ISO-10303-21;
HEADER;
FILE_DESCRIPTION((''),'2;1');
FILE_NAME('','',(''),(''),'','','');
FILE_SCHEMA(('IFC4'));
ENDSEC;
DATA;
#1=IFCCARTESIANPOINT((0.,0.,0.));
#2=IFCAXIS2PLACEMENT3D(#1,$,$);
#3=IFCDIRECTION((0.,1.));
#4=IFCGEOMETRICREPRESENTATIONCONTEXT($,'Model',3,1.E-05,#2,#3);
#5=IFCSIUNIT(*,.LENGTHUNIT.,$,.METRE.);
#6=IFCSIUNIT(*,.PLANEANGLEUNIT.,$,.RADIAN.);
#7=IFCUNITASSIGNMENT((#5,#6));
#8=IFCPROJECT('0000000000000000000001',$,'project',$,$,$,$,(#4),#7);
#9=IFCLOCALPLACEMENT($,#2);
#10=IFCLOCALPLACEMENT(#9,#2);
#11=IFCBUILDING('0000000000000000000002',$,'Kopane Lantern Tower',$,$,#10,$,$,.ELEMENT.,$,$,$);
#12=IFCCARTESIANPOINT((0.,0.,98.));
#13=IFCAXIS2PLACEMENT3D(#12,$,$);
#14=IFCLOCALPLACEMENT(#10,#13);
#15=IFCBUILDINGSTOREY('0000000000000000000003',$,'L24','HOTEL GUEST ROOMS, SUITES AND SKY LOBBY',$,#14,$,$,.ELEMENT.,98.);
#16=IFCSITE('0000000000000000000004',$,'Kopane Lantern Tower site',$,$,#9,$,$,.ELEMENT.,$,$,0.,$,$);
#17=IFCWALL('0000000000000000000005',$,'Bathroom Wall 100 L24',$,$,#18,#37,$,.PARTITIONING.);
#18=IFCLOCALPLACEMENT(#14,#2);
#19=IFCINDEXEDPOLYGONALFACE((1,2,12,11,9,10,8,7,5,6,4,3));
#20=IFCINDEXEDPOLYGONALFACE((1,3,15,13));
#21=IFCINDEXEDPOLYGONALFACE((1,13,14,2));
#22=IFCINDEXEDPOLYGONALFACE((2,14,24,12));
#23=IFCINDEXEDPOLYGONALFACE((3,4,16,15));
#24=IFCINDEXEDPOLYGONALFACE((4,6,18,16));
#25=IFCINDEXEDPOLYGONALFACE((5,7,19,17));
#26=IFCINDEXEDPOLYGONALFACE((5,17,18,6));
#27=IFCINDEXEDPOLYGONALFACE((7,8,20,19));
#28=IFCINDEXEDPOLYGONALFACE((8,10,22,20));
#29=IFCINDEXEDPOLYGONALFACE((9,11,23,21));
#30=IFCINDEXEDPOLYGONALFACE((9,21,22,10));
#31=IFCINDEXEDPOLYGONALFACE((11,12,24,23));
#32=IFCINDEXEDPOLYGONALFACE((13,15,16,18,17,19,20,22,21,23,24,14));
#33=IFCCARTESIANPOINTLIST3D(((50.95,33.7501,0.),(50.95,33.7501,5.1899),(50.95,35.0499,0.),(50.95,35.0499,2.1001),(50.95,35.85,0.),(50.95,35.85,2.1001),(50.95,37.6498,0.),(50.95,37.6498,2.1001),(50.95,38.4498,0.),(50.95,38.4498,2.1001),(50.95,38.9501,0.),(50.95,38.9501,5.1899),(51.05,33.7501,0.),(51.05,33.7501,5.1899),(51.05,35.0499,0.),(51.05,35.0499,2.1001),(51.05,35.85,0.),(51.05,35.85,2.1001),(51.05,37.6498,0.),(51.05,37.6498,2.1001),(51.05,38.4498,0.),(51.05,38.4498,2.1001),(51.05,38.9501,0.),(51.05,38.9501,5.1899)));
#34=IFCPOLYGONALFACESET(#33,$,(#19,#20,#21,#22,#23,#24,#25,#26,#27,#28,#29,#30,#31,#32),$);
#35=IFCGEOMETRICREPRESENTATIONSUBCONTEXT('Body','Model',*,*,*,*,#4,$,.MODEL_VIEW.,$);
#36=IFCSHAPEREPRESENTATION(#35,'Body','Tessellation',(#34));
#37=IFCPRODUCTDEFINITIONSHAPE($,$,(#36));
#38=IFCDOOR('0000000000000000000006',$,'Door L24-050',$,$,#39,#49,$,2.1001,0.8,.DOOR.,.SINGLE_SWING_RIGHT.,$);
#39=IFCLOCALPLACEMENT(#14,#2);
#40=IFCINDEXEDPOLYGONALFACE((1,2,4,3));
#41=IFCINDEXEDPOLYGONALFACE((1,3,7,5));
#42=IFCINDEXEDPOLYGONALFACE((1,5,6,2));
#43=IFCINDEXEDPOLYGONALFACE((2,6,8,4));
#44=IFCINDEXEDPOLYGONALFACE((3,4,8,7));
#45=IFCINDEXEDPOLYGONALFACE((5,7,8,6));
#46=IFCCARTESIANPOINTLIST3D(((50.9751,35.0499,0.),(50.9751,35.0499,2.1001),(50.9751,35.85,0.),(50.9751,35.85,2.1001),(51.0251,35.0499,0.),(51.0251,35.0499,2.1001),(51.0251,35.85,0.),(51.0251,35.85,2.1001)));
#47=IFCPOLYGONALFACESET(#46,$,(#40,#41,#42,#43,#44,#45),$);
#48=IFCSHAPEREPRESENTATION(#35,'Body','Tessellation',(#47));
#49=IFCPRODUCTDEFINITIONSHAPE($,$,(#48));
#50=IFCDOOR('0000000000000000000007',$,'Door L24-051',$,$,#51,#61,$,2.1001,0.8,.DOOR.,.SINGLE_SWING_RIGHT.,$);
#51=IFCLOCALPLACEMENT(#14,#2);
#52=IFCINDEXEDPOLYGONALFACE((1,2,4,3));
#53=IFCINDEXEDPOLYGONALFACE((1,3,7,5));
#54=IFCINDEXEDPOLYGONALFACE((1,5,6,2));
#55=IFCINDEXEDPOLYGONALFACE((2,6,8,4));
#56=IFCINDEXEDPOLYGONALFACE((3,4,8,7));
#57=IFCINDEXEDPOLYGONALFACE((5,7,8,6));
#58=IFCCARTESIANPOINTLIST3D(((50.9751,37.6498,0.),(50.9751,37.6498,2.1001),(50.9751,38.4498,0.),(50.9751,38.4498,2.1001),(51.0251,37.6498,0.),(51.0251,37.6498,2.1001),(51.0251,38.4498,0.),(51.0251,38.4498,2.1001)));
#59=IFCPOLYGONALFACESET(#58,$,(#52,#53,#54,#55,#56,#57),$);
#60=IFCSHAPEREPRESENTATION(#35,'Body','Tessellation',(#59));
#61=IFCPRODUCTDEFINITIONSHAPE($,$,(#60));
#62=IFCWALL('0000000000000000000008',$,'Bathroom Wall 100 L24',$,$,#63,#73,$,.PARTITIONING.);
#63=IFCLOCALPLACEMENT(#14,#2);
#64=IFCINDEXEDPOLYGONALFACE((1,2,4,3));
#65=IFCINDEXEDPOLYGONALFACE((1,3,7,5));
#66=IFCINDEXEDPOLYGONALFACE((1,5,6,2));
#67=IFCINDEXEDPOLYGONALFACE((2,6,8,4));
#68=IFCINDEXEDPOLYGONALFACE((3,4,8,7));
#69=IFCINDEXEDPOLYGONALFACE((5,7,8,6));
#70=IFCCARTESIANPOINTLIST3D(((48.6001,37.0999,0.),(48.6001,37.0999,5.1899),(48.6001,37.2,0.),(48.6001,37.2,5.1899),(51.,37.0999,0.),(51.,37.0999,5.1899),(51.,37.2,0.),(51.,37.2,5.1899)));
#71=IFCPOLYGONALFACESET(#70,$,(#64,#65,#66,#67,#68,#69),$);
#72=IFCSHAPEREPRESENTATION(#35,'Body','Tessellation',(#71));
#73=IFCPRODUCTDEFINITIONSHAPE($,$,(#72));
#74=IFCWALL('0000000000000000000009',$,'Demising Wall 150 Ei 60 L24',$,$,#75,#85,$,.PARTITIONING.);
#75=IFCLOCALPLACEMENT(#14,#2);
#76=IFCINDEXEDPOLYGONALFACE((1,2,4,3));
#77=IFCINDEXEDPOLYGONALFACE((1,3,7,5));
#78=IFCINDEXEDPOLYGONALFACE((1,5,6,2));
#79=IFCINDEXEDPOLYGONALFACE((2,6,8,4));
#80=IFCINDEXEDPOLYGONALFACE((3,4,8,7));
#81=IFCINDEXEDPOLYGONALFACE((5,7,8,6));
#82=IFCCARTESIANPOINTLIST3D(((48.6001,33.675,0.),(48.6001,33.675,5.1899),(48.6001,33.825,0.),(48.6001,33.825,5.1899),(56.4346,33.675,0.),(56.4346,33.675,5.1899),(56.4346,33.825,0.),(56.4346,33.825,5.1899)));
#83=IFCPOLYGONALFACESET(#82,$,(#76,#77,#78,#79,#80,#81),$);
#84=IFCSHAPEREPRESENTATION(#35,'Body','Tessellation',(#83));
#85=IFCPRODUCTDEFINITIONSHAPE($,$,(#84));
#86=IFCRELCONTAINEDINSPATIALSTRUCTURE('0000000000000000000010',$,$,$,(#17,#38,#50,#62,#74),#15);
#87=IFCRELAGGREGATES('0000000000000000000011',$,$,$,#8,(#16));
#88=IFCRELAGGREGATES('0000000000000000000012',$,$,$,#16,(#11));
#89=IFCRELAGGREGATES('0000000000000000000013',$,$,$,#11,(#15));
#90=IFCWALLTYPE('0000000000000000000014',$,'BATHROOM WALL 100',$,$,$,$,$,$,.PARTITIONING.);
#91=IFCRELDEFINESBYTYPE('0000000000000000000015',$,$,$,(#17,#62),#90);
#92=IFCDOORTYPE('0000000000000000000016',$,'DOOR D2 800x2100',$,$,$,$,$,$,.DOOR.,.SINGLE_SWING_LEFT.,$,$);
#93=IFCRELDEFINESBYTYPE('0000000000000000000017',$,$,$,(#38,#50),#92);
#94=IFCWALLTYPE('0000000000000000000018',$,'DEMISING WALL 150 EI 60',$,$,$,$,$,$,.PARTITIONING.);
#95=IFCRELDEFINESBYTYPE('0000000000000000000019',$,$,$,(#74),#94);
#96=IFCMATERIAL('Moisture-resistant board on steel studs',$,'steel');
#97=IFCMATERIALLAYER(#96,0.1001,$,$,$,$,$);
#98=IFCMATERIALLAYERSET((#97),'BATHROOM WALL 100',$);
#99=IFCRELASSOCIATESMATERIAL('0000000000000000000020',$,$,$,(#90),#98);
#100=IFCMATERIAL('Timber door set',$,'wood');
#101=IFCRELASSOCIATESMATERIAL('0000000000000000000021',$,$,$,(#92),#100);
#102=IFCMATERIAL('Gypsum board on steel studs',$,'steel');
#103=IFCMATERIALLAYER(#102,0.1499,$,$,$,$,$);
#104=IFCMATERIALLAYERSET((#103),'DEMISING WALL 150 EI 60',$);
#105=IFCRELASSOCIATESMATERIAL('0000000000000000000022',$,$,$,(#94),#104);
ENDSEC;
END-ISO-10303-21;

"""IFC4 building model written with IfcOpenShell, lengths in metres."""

from ifc_helpers import new_model, si_unit, direction, frame, frame_2d, origin, place, context, subcontext, project, spatial, rectangle, extrude, material, layer, layer_set, type_object, element, fill, save


model = new_model("IFC4")

# Units and contexts
model_context = context("Model", 3, precision=1e-05, world=origin(), true_north=direction((0.0, 1.0)))
body_context = subcontext(model_context, "Body", "Model", "MODEL_VIEW")
ifc_project = project(units=[si_unit("LENGTHUNIT", "METRE"), si_unit("PLANEANGLEUNIT", "RADIAN")], contexts=[model_context])

# Site, building, storey
site_placement = place(None, origin())
site = spatial("IfcSite", under=ifc_project, at=site_placement, Name="Kopane Lantern Tower site", CompositionType="ELEMENT", RefElevation=0.0)
building_placement = place(site_placement, origin())
building = spatial("IfcBuilding", under=site, at=building_placement, Name="Kopane Lantern Tower", CompositionType="ELEMENT")
storey_placement = place(building_placement, frame((0.0, 0.0, 98.0)))
storey = spatial("IfcBuildingStorey", under=building, at=storey_placement, Name="L24", Description="HOTEL GUEST ROOMS, SUITES AND SKY LOBBY", CompositionType="ELEMENT", Elevation=98.0)

# Shared definitions
ifc_material_1 = material(Name="Moisture-resistant board on steel studs", Category="steel")
ifc_layer_1 = layer(ifc_material_1, 0.1001)
ifc_layer_set_1 = layer_set([ifc_layer_1], Name="BATHROOM WALL 100")
wall_type_1 = type_object("IfcWallType", Name="BATHROOM WALL 100", PredefinedType="PARTITIONING", material=ifc_layer_set_1)

# Wall, openings, doors
wall_1_placement = place(storey_placement, frame((51.0, 33.75, 0.0), z_axis=(0.0, 0.0, 1.0), x_axis=(0.0, 1.0, 0.0)))
wall_1 = element("IfcWall", 1, at=wall_1_placement, inside=storey, type_object=wall_type_1, Name="Bathroom Wall 100 L24", PredefinedType="PARTITIONING", context=body_context, shape_type="SweptSolid", body=[
    extrude(rectangle(XDim=5.2, YDim=0.1001, at=frame_2d((2.6001, 0.0))), origin(), (0.0, 0.0, 1.0), 5.1899),
])
opening_1_placement = place(wall_1_placement, frame((1.3, 0.0, 0.0)))
opening_1 = element("IfcOpeningElement", 2, at=opening_1_placement, cuts=wall_1, PredefinedType="OPENING", context=body_context, shape_type="SweptSolid", body=[
    extrude(rectangle(XDim=0.8, YDim=2.1001, at=frame_2d((0.3999, 1.05))), frame((0.0, 0.0601, 0.0), z_axis=(0.0, -1.0, 0.0), x_axis=(1.0, 0.0, 0.0)), (0.0, 0.0, 1.0), 0.1201),
])
opening_2_placement = place(wall_1_placement, frame((3.8999, 0.0, 0.0)))
opening_2 = element("IfcOpeningElement", 3, at=opening_2_placement, cuts=wall_1, PredefinedType="OPENING", context=body_context, shape_type="SweptSolid", body=[
    extrude(rectangle(XDim=0.8, YDim=2.1001, at=frame_2d((0.3999, 1.05))), frame((0.0, 0.0601, 0.0), z_axis=(0.0, -1.0, 0.0), x_axis=(1.0, 0.0, 0.0)), (0.0, 0.0, 1.0), 0.1201),
])
ifc_material_2 = material(Name="Timber door set", Category="wood")
door_type = type_object("IfcDoorType", Name="DOOR D2 800x2100", OperationType="SINGLE_SWING_LEFT", PredefinedType="DOOR", material=ifc_material_2)
door_1_placement = place(opening_1_placement, origin())
door_1 = element("IfcDoor", 4, at=door_1_placement, inside=storey, type_object=door_type, Name="Door L24-050", OperationType="SINGLE_SWING_RIGHT", OverallHeight=2.1001, OverallWidth=0.8, PredefinedType="DOOR", context=body_context, shape_type="SweptSolid", body=[
    extrude(rectangle(XDim=0.8, YDim=2.1001, at=frame_2d((0.3999, 1.05))), frame((0.0, 0.0249, 0.0), z_axis=(0.0, -1.0, 0.0), x_axis=(1.0, 0.0, 0.0)), (0.0, 0.0, 1.0), 0.05),
])
fill(opening_1, door_1)
door_2_placement = place(opening_2_placement, origin())
door_2 = element("IfcDoor", 5, at=door_2_placement, inside=storey, type_object=door_type, Name="Door L24-051", OperationType="SINGLE_SWING_RIGHT", OverallHeight=2.1001, OverallWidth=0.8, PredefinedType="DOOR", context=body_context, shape_type="SweptSolid", body=[
    extrude(rectangle(XDim=0.8, YDim=2.1001, at=frame_2d((0.3999, 1.05))), frame((0.0, 0.0249, 0.0), z_axis=(0.0, -1.0, 0.0), x_axis=(1.0, 0.0, 0.0)), (0.0, 0.0, 1.0), 0.05),
])
fill(opening_2, door_2)

# Walls
wall_2_placement = place(storey_placement, frame((48.6001, 37.1499, 0.0), z_axis=(0.0, 0.0, 1.0), x_axis=(1.0, 0.0, 0.0)))
element("IfcWall", 6, at=wall_2_placement, inside=storey, type_object=wall_type_1, Name="Bathroom Wall 100 L24", PredefinedType="PARTITIONING", context=body_context, shape_type="SweptSolid", body=[
    extrude(rectangle(XDim=2.3999, YDim=0.1001, at=frame_2d((1.2, 0.0))), origin(), (0.0, 0.0, 1.0), 5.1899),
])
ifc_material_3 = material(Name="Gypsum board on steel studs", Category="steel")
ifc_layer_2 = layer(ifc_material_3, 0.1499)
ifc_layer_set_2 = layer_set([ifc_layer_2], Name="DEMISING WALL 150 EI 60")
wall_type_2 = type_object("IfcWallType", Name="DEMISING WALL 150 EI 60", PredefinedType="PARTITIONING", material=ifc_layer_set_2)
wall_3_placement = place(storey_placement, frame((48.6001, 33.75, 0.0), z_axis=(0.0, 0.0, 1.0), x_axis=(1.0, 0.0, 0.0)))
element("IfcWall", 7, at=wall_3_placement, inside=storey, type_object=wall_type_2, Name="Demising Wall 150 Ei 60 L24", PredefinedType="PARTITIONING", context=body_context, shape_type="SweptSolid", body=[
    extrude(rectangle(XDim=7.8345, YDim=0.1499, at=frame_2d((3.9172, 0.0))), origin(), (0.0, 0.0, 1.0), 5.1899),
])

save(model, "model.ifc")
